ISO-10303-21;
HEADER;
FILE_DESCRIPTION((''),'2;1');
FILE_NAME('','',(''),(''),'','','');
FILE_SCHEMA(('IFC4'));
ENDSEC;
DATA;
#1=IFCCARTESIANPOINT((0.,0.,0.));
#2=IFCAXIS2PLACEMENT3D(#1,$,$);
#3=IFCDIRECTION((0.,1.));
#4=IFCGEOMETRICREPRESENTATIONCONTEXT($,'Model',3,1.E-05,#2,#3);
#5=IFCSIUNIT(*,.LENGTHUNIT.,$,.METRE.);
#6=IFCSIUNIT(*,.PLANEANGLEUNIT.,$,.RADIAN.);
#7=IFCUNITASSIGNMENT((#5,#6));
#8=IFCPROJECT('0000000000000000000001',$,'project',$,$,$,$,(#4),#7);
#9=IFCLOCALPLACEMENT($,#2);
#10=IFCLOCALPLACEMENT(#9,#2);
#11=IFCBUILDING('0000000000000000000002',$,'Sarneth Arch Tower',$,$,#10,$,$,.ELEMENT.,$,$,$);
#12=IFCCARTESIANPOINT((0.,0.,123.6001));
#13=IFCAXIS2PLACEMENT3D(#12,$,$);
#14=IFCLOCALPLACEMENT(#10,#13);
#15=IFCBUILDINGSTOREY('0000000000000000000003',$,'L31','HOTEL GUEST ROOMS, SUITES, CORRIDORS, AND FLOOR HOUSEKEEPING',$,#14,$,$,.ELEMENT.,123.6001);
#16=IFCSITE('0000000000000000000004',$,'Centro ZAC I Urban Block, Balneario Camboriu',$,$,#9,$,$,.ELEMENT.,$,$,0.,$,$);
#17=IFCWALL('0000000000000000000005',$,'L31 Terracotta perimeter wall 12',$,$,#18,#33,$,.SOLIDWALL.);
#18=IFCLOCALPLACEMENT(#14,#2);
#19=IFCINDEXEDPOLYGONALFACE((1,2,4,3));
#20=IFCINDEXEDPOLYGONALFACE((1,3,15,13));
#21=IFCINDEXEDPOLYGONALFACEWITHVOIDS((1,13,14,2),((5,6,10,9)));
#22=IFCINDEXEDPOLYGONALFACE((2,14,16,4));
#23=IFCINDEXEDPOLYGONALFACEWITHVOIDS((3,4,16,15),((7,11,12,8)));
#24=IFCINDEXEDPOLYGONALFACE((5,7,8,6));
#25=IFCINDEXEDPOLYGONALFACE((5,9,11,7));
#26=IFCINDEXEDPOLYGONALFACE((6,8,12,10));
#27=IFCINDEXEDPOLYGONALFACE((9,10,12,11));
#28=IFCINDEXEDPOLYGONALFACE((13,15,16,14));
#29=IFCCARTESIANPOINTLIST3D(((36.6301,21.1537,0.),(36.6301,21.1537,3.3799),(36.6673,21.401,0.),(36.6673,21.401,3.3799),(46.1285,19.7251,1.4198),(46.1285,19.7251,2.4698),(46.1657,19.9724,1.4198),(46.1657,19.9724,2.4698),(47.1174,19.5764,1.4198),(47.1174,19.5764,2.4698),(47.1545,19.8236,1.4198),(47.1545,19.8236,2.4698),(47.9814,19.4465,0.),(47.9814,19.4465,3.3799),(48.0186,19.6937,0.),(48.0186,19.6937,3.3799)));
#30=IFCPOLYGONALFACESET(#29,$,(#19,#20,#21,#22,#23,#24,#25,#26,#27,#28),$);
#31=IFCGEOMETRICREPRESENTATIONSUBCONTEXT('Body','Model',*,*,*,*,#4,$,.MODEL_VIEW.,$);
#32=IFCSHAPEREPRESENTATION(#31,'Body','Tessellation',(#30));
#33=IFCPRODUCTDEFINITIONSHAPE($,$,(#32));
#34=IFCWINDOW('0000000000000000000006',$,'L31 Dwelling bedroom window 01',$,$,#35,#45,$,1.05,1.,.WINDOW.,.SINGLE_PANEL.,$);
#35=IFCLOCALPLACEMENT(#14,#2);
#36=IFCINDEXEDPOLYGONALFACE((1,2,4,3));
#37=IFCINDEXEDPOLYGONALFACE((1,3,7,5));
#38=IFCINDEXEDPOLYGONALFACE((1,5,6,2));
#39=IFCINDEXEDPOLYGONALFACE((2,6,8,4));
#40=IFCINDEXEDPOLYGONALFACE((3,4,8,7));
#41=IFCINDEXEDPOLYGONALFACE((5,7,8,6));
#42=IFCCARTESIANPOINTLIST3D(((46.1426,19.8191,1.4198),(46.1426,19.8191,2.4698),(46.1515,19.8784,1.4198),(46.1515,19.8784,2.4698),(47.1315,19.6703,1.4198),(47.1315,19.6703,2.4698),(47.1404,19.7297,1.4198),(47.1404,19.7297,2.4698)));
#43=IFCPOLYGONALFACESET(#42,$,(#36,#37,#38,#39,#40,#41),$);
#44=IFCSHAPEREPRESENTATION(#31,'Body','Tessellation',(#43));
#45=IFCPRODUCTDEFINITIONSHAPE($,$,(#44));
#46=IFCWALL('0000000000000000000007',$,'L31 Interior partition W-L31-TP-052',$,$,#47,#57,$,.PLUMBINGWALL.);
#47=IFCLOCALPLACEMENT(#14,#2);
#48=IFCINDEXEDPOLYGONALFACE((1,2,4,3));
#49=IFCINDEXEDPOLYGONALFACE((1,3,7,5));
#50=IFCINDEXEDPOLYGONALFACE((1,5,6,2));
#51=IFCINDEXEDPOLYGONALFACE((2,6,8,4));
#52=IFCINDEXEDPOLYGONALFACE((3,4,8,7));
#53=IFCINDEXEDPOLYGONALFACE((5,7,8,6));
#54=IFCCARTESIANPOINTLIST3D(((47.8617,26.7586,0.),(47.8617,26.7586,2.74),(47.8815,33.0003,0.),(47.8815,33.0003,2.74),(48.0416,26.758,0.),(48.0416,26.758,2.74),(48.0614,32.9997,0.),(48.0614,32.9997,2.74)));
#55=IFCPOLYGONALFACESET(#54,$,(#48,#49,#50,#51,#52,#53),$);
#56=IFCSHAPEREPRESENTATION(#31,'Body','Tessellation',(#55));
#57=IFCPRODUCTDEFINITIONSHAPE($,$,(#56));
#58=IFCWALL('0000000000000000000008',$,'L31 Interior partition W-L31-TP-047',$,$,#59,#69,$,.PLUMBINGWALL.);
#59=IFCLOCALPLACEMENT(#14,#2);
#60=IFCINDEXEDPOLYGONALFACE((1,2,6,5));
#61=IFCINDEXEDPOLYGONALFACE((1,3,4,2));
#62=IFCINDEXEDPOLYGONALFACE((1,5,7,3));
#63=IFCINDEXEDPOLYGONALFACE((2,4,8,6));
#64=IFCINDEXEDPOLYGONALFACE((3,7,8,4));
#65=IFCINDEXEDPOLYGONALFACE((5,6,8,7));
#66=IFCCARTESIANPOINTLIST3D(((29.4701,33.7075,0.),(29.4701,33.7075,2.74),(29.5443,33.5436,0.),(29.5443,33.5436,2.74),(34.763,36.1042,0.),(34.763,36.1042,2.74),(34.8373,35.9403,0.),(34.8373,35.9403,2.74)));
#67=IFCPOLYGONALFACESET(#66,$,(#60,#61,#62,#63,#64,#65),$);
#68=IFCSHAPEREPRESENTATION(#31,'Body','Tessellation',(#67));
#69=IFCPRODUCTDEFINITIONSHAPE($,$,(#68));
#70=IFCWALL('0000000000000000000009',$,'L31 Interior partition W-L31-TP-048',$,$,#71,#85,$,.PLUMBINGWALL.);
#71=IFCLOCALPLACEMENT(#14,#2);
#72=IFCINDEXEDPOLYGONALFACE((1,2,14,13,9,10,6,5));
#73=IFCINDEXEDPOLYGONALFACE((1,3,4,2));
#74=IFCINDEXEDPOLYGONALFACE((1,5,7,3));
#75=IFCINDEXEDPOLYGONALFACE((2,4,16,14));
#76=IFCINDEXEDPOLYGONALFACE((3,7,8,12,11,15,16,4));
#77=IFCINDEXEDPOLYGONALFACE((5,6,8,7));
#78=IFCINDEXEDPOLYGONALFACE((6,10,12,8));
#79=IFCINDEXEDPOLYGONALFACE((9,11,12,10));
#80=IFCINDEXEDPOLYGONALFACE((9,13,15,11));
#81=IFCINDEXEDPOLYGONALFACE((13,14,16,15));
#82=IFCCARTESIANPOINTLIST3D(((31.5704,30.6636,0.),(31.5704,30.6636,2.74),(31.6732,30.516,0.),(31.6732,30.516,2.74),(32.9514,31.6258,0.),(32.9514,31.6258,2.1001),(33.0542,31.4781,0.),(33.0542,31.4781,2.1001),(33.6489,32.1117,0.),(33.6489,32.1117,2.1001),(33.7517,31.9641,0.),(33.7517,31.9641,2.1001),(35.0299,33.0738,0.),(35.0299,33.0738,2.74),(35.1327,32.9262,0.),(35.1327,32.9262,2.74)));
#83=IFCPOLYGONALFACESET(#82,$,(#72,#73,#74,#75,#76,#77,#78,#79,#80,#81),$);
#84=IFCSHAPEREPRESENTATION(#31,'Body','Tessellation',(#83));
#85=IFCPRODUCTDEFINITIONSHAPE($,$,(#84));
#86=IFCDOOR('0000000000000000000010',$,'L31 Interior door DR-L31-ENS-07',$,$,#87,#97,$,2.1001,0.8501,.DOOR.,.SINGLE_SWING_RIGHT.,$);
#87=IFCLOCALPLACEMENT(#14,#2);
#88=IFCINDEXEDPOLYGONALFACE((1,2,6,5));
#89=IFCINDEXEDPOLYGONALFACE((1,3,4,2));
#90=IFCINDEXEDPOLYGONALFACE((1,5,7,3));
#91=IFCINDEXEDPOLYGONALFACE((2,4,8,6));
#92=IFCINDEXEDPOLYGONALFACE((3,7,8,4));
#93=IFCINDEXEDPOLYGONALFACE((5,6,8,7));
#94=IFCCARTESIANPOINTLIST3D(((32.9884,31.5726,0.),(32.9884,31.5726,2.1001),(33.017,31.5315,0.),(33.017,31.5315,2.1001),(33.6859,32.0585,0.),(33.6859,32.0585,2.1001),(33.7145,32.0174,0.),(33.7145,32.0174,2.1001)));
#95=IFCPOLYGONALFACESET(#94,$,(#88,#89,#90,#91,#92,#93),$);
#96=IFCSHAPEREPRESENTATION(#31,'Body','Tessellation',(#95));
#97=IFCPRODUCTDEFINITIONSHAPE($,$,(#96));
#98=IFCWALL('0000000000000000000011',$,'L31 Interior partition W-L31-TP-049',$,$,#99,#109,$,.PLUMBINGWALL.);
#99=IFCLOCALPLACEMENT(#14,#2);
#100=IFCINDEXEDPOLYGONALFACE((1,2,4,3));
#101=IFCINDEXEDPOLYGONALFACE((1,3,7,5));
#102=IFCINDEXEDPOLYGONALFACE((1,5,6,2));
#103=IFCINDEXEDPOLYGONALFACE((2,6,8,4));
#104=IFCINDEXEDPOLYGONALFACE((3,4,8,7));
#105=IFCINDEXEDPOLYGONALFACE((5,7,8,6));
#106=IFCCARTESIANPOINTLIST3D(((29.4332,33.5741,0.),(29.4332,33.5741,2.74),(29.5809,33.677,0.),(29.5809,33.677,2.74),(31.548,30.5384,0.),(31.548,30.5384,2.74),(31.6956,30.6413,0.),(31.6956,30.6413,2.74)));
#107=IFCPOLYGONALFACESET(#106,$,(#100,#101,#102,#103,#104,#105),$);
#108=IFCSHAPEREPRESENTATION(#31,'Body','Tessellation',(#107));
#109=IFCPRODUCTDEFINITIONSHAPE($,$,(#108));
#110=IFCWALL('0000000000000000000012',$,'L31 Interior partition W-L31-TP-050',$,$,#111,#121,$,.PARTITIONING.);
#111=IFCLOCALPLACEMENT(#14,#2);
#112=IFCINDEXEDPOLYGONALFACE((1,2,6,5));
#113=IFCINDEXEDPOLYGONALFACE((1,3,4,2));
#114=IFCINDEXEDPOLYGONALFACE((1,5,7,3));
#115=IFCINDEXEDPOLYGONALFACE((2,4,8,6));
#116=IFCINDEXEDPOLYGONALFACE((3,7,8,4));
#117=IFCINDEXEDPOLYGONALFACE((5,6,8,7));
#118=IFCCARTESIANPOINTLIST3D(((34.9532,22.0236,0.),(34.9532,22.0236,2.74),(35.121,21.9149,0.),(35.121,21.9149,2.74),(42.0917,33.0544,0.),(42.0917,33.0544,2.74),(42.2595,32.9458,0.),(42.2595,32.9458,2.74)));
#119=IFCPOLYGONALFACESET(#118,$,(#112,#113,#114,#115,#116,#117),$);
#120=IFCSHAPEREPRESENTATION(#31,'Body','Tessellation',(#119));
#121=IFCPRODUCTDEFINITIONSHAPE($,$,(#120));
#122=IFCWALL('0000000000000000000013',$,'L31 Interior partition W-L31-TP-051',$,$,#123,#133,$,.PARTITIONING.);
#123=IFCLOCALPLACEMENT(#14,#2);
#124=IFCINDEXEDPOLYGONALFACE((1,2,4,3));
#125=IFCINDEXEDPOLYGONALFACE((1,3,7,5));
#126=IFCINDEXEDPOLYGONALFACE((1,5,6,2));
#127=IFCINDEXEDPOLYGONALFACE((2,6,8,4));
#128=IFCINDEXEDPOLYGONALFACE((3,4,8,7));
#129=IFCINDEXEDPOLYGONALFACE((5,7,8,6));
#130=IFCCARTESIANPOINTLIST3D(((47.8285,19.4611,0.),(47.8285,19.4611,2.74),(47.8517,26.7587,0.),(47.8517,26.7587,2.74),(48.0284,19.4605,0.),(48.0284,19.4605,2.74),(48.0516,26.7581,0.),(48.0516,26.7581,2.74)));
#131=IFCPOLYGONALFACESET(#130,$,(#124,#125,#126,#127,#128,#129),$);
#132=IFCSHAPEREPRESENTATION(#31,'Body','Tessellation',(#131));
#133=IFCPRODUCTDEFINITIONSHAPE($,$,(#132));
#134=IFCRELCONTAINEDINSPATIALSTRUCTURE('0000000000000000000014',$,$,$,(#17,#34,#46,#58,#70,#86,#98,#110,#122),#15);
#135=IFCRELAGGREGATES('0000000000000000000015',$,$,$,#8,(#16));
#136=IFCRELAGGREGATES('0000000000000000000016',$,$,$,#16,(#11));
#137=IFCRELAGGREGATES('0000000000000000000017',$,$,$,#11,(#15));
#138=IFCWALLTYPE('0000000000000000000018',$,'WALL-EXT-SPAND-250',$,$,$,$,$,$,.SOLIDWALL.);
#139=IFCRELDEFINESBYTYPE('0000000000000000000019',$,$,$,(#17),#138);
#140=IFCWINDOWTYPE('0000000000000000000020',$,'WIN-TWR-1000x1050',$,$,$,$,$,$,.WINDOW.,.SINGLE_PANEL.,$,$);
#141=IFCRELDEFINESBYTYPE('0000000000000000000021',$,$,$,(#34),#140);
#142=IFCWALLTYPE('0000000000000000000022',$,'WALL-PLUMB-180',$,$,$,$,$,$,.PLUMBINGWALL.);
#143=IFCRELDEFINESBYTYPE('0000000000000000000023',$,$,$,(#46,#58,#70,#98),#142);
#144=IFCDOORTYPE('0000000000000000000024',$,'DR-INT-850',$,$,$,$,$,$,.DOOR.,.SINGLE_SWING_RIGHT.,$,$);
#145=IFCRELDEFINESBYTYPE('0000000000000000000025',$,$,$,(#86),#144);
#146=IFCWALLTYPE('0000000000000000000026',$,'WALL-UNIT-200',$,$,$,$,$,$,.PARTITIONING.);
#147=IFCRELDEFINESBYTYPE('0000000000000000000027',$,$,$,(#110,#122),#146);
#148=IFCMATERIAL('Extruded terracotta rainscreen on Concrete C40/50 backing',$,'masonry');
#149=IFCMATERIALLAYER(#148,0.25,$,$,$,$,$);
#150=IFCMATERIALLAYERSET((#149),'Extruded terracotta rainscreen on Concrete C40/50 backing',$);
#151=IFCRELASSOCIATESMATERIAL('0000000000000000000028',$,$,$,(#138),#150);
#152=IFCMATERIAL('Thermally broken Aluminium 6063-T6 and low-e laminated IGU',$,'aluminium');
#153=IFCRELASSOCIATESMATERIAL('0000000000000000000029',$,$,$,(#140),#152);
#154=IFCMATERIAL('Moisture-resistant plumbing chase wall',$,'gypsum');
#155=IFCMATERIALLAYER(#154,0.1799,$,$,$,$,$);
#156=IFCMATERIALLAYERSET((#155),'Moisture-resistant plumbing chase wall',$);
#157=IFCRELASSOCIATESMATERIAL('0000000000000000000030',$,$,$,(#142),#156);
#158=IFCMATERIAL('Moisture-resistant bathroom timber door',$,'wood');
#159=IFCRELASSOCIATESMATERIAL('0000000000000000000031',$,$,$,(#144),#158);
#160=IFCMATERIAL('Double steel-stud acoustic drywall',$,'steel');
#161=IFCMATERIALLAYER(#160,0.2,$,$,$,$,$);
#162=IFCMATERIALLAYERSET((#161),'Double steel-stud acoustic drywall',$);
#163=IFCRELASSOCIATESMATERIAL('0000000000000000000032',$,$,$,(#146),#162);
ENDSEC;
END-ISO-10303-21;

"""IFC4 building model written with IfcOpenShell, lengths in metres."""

from ifc_helpers import new_model, si_unit, direction, frame, frame_2d, origin, place, context, subcontext, project, spatial, rectangle, extrude, material, layer, layer_set, type_object, element, fill, save


model = new_model("IFC4")

# Units and contexts
model_context = context("Model", 3, precision=1e-05, world=origin(), true_north=direction((0.0, 1.0)))
body_context = subcontext(model_context, "Body", "Model", "MODEL_VIEW")
ifc_project = project(units=[si_unit("LENGTHUNIT", "METRE"), si_unit("PLANEANGLEUNIT", "RADIAN")], contexts=[model_context])

# Site, building, storey
site_placement = place(None, origin())
site = spatial("IfcSite", under=ifc_project, at=site_placement, Name="Centro ZAC I Urban Block, Balneario Camboriu", CompositionType="ELEMENT", RefElevation=0.0)
building_placement = place(site_placement, origin())
building = spatial("IfcBuilding", under=site, at=building_placement, Name="Sarneth Arch Tower", CompositionType="ELEMENT")
storey_placement = place(building_placement, frame((0.0, 0.0, 123.6001)))
storey = spatial("IfcBuildingStorey", under=building, at=storey_placement, Name="L31", Description="HOTEL GUEST ROOMS, SUITES, CORRIDORS, AND FLOOR HOUSEKEEPING", CompositionType="ELEMENT", Elevation=123.6001)

# Wall, opening, window
ifc_material_1 = material(Name="Extruded terracotta rainscreen on Concrete C40/50 backing", Category="masonry")
ifc_layer_1 = layer(ifc_material_1, 0.25)
ifc_layer_set_1 = layer_set([ifc_layer_1], Name="Extruded terracotta rainscreen on Concrete C40/50 backing")
wall_type_1 = type_object("IfcWallType", Name="WALL-EXT-SPAND-250", PredefinedType="SOLIDWALL", material=ifc_layer_set_1)
wall_1_placement = place(storey_placement, frame((36.6487, 21.2773, 0.0), z_axis=(0.0, 0.0, 1.0), x_axis=(0.988878, -0.14873, 0.0)))
wall_1 = element("IfcWall", 1, at=wall_1_placement, inside=storey, type_object=wall_type_1, Name="L31 Terracotta perimeter wall 12", PredefinedType="SOLIDWALL", context=body_context, shape_type="SweptSolid", body=[
    extrude(rectangle(XDim=11.479, YDim=0.25, at=frame_2d((5.7395, 0.0))), origin(), (0.0, 0.0, 1.0), 3.3799),
])
opening_1_placement = place(wall_1_placement, frame((9.6052, 0.0, 1.4199)))
opening_1 = element("IfcOpeningElement", 2, at=opening_1_placement, cuts=wall_1, PredefinedType="OPENING", context=body_context, shape_type="SweptSolid", body=[
    extrude(rectangle(XDim=1.0, YDim=1.05, at=frame_2d((0.5, 0.5249))), frame((0.0, 0.135, 0.0), z_axis=(0.0, -1.0, 0.0), x_axis=(1.0, 0.0, 0.0)), (0.0, 0.0, 1.0), 0.27),
])
ifc_material_2 = material(Name="Thermally broken Aluminium 6063-T6 and low-e laminated IGU", Category="aluminium")
window_type = type_object("IfcWindowType", Name="WIN-TWR-1000x1050", PartitioningType="SINGLE_PANEL", PredefinedType="WINDOW", material=ifc_material_2)
window_placement = place(opening_1_placement, origin())
window = element("IfcWindow", 3, at=window_placement, inside=storey, type_object=window_type, Name="L31 Dwelling bedroom window 01", OverallHeight=1.05, OverallWidth=1.0, PartitioningType="SINGLE_PANEL", PredefinedType="WINDOW", context=body_context, shape_type="SweptSolid", body=[
    extrude(rectangle(XDim=1.0, YDim=1.05, at=frame_2d((0.5, 0.5249))), frame((0.0, 0.03, 0.0), z_axis=(0.0, -1.0, 0.0), x_axis=(1.0, 0.0, 0.0)), (0.0, 0.0, 1.0), 0.0601),
])
fill(opening_1, window)

# Walls
ifc_material_3 = material(Name="Moisture-resistant plumbing chase wall", Category="gypsum")
ifc_layer_2 = layer(ifc_material_3, 0.1799)
ifc_layer_set_2 = layer_set([ifc_layer_2], Name="Moisture-resistant plumbing chase wall")
wall_type_2 = type_object("IfcWallType", Name="WALL-PLUMB-180", PredefinedType="PLUMBINGWALL", material=ifc_layer_set_2)
wall_2_placement = place(storey_placement, frame((47.9517, 26.7583, 0.0), z_axis=(0.0, 0.0, 1.0), x_axis=(0.003168, 0.999995, 0.0)))
element("IfcWall", 4, at=wall_2_placement, inside=storey, type_object=wall_type_2, Name="L31 Interior partition W-L31-TP-052", PredefinedType="PLUMBINGWALL", context=body_context, shape_type="SweptSolid", body=[
    extrude(rectangle(XDim=6.2417, YDim=0.1799, at=frame_2d((3.1208, 0.0))), origin(), (0.0, 0.0, 1.0), 2.74),
])
wall_3_placement = place(storey_placement, frame((29.5071, 33.6255, 0.0), z_axis=(0.0, 0.0, 1.0), x_axis=(0.91096, 0.412495, 0.0)))
element("IfcWall", 5, at=wall_3_placement, inside=storey, type_object=wall_type_2, Name="L31 Interior partition W-L31-TP-047", PredefinedType="PLUMBINGWALL", context=body_context, shape_type="SweptSolid", body=[
    extrude(rectangle(XDim=5.8103, YDim=0.1799, at=frame_2d((2.9053, 0.0))), origin(), (0.0, 0.0, 1.0), 2.74),
])

# Wall, opening, door
wall_4_placement = place(storey_placement, frame((35.0813, 33.0, 0.0), z_axis=(0.0, 0.0, 1.0), x_axis=(-0.820508, -0.571634, 0.0)))
wall_4 = element("IfcWall", 6, at=wall_4_placement, inside=storey, type_object=wall_type_2, Name="L31 Interior partition W-L31-TP-048", PredefinedType="PLUMBINGWALL", context=body_context, shape_type="SweptSolid", body=[
    extrude(rectangle(XDim=4.2163, YDim=0.1799, at=frame_2d((2.1082, 0.0))), origin(), (0.0, 0.0, 1.0), 2.74),
])
opening_2_placement = place(wall_4_placement, frame((1.6831, 0.0, 0.0)))
opening_2 = element("IfcOpeningElement", 7, at=opening_2_placement, cuts=wall_4, PredefinedType="OPENING", context=body_context, shape_type="SweptSolid", body=[
    extrude(rectangle(XDim=0.8501, YDim=2.1001, at=frame_2d((0.425, 1.05))), frame((0.0, 0.0999, 0.0), z_axis=(0.0, -1.0, 0.0), x_axis=(1.0, 0.0, 0.0)), (0.0, 0.0, 1.0), 0.2),
])
ifc_material_4 = material(Name="Moisture-resistant bathroom timber door", Category="wood")
door_type_1 = type_object("IfcDoorType", Name="DR-INT-850", OperationType="SINGLE_SWING_RIGHT", PredefinedType="DOOR", material=ifc_material_4)
door_1_placement = place(opening_2_placement, origin())
door_1 = element("IfcDoor", 8, at=door_1_placement, inside=storey, type_object=door_type_1, Name="L31 Interior door DR-L31-ENS-07", OperationType="SINGLE_SWING_RIGHT", OverallHeight=2.1001, OverallWidth=0.8501, PredefinedType="DOOR", context=body_context, shape_type="SweptSolid", body=[
    extrude(rectangle(XDim=0.8501, YDim=2.1001, at=frame_2d((0.425, 1.05))), frame((0.0, 0.0249, 0.0), z_axis=(0.0, -1.0, 0.0), x_axis=(1.0, 0.0, 0.0)), (0.0, 0.0, 1.0), 0.05),
])
fill(opening_2, door_1)

# Walls
wall_5_placement = place(storey_placement, frame((31.6218, 30.5898, 0.0), z_axis=(0.0, 0.0, 1.0), x_axis=(-0.57161, 0.820526, 0.0)))
element("IfcWall", 9, at=wall_5_placement, inside=storey, type_object=wall_type_2, Name="L31 Interior partition W-L31-TP-049", PredefinedType="PLUMBINGWALL", context=body_context, shape_type="SweptSolid", body=[
    extrude(rectangle(XDim=3.6997, YDim=0.1799, at=frame_2d((1.8499, 0.0))), origin(), (0.0, 0.0, 1.0), 2.74),
])
ifc_material_5 = material(Name="Double steel-stud acoustic drywall", Category="steel")
ifc_layer_3 = layer(ifc_material_5, 0.2)
ifc_layer_set_3 = layer_set([ifc_layer_3], Name="Double steel-stud acoustic drywall")
wall_type_3 = type_object("IfcWallType", Name="WALL-UNIT-200", PredefinedType="PARTITIONING", material=ifc_layer_set_3)
wall_6_placement = place(storey_placement, frame((35.0371, 21.9692, 0.0), z_axis=(0.0, 0.0, 1.0), x_axis=(0.543298, 0.83954, 0.0)))
element("IfcWall", 10, at=wall_6_placement, inside=storey, type_object=wall_type_3, Name="L31 Interior partition W-L31-TP-050", PredefinedType="PARTITIONING", context=body_context, shape_type="SweptSolid", body=[
    extrude(rectangle(XDim=13.1392, YDim=0.2, at=frame_2d((6.5696, 0.0))), origin(), (0.0, 0.0, 1.0), 2.74),
])
wall_7_placement = place(storey_placement, frame((47.9285, 19.4607, 0.0), z_axis=(0.0, 0.0, 1.0), x_axis=(0.003178, 0.999995, 0.0)))
element("IfcWall", 11, at=wall_7_placement, inside=storey, type_object=wall_type_3, Name="L31 Interior partition W-L31-TP-051", PredefinedType="PARTITIONING", context=body_context, shape_type="SweptSolid", body=[
    extrude(rectangle(XDim=7.2976, YDim=0.2, at=frame_2d((3.6489, 0.0))), origin(), (0.0, 0.0, 1.0), 2.74),
])

save(model, "model.ifc")
